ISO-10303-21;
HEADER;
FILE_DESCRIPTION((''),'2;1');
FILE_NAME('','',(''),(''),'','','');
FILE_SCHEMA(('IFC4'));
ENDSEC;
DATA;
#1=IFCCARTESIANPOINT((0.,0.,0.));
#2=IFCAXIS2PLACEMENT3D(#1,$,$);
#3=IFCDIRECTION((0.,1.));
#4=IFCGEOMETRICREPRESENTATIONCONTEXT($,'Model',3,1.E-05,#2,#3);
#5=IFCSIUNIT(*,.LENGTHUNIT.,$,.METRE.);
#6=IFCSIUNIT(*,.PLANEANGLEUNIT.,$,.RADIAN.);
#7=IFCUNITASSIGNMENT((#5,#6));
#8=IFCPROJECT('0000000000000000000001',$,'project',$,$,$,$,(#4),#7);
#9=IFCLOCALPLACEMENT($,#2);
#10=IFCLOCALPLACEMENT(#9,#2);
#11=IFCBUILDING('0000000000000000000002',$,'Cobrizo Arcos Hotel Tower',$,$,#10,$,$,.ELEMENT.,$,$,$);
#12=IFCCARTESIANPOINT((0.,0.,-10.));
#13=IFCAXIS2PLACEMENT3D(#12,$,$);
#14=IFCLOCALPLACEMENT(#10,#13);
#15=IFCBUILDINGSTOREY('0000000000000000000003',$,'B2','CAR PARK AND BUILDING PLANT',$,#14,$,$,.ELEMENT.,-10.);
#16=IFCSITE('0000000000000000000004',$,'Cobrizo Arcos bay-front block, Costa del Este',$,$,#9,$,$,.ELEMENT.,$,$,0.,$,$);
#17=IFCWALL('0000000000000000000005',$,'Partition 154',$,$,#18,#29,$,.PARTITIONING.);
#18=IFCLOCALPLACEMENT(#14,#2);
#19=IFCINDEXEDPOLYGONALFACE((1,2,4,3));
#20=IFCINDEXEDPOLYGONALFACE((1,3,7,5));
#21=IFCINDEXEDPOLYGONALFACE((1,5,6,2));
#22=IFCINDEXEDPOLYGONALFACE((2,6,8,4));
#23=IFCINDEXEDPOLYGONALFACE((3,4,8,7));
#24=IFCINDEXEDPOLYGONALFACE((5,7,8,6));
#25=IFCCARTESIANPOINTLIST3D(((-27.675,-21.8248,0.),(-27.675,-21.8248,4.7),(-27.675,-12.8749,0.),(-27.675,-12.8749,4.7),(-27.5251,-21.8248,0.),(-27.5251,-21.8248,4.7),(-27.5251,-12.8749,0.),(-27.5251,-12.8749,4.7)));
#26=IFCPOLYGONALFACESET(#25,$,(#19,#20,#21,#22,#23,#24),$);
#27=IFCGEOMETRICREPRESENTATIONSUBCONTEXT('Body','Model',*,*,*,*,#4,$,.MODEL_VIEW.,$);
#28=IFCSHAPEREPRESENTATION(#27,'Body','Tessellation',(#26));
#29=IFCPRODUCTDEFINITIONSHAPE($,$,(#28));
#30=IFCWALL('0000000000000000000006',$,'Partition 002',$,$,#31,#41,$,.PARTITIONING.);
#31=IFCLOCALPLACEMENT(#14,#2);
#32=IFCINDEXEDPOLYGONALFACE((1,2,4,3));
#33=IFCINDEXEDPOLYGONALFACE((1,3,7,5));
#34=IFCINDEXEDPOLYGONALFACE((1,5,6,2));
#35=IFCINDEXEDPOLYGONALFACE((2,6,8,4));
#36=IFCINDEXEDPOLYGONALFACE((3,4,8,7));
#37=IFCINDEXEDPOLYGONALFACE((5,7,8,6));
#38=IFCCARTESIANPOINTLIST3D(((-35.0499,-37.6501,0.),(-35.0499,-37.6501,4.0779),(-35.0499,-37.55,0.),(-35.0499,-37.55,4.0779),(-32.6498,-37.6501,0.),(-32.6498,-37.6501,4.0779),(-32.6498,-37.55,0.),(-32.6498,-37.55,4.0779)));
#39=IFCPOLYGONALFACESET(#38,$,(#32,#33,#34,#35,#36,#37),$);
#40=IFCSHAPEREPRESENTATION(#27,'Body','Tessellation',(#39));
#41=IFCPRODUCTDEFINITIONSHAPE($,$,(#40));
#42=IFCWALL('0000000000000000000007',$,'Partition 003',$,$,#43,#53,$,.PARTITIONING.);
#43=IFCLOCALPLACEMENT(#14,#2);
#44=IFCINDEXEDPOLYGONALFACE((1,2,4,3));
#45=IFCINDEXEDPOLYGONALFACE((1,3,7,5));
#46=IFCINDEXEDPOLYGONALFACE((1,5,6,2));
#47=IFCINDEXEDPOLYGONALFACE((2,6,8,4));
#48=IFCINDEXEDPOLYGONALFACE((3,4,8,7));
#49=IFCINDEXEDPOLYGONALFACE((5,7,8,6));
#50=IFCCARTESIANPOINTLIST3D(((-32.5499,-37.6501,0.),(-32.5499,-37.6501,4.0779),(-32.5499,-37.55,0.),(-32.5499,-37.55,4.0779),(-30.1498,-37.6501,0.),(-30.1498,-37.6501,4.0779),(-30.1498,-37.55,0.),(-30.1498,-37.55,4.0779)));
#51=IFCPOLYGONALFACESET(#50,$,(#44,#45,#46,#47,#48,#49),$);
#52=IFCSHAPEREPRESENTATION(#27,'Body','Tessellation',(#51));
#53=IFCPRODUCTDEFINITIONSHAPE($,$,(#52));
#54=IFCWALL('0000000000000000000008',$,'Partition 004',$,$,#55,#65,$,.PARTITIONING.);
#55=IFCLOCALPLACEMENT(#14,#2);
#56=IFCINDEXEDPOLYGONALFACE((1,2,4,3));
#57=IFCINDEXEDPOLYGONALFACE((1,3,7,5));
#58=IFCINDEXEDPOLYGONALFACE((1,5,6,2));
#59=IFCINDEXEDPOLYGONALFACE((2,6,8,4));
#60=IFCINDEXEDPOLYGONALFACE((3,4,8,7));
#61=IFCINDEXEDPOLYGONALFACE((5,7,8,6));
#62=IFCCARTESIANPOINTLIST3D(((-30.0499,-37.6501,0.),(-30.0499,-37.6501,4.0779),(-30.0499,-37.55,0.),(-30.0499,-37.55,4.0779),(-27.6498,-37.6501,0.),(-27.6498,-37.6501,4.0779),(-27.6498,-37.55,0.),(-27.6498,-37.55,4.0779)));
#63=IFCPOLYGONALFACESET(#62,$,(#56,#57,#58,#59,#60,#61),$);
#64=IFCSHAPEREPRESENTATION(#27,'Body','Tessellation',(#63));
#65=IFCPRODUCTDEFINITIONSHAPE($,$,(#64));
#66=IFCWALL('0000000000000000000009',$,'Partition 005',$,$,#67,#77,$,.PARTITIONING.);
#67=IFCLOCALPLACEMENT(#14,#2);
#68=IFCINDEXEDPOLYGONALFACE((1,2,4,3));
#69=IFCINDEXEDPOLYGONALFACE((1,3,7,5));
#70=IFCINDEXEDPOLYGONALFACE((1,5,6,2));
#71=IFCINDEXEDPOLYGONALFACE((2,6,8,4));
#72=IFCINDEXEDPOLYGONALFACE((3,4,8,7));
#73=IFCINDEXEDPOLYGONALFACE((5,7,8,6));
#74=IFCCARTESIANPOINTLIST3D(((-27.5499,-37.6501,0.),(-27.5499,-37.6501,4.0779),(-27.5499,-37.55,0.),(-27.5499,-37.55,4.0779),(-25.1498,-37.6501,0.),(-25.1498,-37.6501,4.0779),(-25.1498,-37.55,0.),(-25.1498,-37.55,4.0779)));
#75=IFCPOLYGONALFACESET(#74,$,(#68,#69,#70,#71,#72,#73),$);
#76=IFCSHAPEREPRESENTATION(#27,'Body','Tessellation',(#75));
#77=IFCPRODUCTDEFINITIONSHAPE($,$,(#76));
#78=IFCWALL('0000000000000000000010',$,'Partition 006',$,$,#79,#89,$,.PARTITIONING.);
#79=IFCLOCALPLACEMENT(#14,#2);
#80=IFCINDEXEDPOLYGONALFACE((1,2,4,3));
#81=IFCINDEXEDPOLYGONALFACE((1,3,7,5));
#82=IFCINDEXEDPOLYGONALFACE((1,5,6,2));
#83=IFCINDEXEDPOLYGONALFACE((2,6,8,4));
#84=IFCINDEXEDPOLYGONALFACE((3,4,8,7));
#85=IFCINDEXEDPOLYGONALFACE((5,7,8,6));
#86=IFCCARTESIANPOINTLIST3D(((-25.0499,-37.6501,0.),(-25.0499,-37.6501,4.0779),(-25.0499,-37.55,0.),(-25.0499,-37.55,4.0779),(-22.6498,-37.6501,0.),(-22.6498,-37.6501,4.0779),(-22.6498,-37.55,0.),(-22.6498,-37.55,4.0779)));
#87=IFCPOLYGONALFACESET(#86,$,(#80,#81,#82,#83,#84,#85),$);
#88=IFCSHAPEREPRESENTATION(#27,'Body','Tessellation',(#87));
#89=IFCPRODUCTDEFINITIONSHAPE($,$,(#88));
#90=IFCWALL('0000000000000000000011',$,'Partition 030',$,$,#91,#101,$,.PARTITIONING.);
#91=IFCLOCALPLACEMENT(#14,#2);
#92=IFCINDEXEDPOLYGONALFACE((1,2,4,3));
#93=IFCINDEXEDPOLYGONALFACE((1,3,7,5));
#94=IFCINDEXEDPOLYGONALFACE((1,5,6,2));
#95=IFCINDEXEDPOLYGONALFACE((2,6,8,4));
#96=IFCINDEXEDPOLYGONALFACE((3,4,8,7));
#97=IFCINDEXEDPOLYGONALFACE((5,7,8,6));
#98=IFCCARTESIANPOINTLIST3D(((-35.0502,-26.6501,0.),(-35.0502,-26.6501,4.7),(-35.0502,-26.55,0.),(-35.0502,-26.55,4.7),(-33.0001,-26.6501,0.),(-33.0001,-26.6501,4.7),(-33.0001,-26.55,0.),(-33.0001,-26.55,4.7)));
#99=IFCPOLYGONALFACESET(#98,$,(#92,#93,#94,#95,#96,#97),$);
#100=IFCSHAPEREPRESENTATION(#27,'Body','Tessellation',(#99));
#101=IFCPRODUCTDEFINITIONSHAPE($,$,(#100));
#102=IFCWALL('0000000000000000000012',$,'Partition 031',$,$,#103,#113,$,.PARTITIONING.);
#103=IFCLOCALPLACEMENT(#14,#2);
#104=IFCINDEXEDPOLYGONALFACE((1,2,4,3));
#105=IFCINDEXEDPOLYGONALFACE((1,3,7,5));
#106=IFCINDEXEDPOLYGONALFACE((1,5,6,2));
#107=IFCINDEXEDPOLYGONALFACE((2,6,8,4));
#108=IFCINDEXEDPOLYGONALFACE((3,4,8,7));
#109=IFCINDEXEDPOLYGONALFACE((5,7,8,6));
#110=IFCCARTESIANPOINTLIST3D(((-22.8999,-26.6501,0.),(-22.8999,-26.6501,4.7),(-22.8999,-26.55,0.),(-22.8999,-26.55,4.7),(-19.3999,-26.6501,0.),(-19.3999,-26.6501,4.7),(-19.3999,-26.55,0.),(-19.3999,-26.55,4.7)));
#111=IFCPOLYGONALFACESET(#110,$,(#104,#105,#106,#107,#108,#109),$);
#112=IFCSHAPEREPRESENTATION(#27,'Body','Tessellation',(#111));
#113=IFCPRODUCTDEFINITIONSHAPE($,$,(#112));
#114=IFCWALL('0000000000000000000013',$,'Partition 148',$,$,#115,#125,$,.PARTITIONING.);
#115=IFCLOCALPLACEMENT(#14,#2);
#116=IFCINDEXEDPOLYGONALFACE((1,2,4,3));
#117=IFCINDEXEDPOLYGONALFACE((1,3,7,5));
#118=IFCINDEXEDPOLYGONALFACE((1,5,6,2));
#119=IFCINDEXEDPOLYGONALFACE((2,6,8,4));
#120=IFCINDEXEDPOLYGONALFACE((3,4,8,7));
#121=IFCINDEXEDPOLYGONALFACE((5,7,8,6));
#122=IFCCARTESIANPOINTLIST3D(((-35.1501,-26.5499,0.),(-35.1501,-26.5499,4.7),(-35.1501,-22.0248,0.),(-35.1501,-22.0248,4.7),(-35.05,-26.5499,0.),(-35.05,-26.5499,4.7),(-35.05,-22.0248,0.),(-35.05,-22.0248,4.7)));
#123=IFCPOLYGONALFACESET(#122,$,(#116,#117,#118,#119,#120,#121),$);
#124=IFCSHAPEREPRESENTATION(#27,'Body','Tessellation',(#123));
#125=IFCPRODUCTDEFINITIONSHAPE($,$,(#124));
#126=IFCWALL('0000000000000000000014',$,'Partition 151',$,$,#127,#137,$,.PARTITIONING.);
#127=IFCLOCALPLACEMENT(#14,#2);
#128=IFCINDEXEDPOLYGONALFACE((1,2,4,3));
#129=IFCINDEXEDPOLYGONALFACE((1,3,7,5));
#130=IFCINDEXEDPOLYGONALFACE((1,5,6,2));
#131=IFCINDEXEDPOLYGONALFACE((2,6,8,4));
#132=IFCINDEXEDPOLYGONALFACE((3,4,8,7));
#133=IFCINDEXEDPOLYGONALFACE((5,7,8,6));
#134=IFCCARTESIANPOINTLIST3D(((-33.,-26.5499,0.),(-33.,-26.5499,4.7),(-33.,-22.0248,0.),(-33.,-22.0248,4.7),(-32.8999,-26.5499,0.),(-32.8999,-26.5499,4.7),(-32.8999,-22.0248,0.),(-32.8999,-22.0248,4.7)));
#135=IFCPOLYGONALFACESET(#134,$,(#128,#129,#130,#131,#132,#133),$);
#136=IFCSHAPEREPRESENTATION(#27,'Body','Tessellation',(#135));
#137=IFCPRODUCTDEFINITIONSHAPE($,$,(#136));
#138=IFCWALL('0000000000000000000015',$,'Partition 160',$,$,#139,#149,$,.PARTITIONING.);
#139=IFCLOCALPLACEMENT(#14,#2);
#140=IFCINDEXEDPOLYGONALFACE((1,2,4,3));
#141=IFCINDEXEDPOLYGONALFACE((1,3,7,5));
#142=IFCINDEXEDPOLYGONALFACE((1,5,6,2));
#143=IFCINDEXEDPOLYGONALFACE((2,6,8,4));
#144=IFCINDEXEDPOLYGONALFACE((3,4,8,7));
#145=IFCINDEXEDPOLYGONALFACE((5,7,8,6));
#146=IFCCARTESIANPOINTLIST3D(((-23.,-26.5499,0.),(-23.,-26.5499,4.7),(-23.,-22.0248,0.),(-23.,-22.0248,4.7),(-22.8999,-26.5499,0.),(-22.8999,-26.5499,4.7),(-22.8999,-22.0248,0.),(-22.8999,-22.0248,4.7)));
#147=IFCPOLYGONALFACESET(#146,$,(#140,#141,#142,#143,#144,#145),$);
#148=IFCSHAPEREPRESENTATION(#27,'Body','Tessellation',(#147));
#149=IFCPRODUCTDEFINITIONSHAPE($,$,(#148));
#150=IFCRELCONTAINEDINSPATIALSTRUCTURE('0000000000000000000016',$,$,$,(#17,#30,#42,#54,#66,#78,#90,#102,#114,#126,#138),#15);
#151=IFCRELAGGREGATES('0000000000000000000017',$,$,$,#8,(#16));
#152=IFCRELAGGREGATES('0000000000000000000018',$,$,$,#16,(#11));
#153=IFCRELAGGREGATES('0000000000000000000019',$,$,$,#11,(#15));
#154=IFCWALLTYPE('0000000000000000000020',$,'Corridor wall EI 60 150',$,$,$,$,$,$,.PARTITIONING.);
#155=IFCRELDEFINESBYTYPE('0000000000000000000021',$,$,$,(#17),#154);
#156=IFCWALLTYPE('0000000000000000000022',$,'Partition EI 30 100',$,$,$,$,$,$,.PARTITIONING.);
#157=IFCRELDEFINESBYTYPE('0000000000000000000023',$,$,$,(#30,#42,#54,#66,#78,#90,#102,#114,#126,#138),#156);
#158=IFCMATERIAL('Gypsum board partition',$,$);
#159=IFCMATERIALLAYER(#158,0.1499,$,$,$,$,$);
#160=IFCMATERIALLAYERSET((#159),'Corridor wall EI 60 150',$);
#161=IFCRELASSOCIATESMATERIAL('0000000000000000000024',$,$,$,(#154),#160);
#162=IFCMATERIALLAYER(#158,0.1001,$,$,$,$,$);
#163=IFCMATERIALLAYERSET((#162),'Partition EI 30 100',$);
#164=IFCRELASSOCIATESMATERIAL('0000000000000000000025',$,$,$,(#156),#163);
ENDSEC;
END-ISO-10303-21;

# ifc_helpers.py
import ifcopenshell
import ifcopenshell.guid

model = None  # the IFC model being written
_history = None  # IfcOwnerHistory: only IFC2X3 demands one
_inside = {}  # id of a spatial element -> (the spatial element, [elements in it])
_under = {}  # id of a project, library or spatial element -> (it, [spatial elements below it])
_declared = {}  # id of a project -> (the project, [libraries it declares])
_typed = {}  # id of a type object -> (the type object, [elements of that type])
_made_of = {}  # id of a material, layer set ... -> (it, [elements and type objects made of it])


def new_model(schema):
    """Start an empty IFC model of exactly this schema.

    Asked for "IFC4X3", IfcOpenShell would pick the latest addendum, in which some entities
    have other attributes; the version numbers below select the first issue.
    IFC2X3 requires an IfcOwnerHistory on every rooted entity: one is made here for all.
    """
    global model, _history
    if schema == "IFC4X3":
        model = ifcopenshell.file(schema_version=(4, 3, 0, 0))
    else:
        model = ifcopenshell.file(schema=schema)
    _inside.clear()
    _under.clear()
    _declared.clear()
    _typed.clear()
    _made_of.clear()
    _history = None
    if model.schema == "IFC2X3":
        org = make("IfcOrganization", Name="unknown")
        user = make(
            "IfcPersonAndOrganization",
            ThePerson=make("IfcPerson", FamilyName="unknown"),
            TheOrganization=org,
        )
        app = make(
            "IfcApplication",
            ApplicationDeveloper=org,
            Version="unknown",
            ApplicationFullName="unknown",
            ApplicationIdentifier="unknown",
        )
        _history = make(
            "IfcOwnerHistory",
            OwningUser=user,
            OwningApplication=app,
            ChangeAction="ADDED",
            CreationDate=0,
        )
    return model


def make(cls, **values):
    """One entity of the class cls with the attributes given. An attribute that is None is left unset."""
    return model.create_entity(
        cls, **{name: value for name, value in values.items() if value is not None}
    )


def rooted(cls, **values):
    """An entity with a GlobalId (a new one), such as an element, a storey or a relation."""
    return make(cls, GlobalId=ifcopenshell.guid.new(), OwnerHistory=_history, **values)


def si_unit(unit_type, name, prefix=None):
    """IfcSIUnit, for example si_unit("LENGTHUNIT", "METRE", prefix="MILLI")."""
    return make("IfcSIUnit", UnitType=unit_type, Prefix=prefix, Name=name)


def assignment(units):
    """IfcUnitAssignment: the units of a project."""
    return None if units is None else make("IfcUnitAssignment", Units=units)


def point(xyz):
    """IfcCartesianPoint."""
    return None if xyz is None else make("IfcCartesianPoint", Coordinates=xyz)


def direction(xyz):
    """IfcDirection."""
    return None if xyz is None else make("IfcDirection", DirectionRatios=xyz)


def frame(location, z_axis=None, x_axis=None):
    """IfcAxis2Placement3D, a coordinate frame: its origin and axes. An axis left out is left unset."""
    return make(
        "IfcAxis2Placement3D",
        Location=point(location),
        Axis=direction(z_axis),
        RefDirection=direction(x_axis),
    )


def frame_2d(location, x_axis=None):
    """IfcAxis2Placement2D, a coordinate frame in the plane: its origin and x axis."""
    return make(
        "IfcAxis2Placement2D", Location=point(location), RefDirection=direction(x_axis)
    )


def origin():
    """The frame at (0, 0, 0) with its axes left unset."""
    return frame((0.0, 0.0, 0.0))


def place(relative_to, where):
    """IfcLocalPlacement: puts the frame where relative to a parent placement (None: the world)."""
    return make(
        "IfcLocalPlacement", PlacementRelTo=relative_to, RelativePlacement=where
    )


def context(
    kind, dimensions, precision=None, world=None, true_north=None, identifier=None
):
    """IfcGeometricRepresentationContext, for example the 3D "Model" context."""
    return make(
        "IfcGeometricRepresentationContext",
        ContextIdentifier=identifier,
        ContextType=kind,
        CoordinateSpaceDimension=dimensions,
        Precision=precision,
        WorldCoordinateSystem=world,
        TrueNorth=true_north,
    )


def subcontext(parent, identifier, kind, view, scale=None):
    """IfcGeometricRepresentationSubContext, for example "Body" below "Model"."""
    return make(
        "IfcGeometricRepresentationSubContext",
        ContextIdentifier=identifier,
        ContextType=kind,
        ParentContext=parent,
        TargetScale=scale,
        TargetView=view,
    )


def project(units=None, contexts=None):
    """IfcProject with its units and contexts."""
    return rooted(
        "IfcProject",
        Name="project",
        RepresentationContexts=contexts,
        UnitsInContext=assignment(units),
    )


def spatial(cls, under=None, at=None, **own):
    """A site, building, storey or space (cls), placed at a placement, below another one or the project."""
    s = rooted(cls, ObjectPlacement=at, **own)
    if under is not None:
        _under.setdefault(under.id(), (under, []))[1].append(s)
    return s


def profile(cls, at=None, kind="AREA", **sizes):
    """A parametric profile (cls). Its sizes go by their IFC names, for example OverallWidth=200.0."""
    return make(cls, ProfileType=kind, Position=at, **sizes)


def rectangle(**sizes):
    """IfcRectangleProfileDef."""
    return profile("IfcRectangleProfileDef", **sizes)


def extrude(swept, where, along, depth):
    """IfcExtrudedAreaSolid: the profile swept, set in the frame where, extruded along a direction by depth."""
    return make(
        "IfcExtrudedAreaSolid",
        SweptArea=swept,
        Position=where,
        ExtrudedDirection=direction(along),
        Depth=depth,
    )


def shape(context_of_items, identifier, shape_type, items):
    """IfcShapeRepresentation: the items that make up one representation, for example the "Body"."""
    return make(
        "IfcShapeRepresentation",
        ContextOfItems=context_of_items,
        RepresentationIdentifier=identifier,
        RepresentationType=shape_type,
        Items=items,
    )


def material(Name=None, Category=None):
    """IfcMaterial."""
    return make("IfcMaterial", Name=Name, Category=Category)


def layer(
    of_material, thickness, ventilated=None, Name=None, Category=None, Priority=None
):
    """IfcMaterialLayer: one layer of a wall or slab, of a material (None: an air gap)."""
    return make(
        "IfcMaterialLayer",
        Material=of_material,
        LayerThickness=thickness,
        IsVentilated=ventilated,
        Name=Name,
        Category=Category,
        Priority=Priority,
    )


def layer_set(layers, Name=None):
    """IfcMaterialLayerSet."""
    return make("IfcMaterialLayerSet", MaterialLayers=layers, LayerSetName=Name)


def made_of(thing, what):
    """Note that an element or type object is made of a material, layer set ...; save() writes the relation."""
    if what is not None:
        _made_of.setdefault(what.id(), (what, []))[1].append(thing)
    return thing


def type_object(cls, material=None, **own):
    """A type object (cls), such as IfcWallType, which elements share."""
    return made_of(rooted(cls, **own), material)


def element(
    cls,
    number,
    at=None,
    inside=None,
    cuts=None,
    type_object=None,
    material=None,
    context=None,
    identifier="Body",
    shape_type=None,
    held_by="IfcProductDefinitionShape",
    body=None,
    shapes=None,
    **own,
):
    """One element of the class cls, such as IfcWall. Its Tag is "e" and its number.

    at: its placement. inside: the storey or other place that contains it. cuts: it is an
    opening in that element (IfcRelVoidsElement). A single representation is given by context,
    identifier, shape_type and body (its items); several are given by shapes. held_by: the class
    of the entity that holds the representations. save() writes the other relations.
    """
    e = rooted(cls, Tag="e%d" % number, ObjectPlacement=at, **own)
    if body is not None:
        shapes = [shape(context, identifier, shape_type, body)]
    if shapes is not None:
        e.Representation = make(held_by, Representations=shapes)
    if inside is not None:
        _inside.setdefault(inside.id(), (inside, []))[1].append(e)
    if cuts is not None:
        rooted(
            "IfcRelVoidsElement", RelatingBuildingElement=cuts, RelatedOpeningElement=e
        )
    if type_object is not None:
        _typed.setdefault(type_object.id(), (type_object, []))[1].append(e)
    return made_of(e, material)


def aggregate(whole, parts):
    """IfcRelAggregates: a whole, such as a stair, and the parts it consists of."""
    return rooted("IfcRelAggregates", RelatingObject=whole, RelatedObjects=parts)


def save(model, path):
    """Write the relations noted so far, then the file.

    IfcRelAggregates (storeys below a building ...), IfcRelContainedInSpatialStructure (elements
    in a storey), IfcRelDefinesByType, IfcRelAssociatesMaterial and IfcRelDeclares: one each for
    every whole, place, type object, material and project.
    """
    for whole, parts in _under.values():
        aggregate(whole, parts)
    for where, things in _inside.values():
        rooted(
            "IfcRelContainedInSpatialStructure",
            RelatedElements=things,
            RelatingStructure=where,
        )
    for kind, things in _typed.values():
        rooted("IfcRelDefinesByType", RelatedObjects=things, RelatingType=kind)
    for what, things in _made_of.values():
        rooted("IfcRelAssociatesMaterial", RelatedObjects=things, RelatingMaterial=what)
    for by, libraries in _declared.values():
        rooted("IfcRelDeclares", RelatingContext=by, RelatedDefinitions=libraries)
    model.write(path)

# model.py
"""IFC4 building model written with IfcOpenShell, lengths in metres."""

from ifc_helpers import new_model, si_unit, direction, frame, frame_2d, origin, place, context, subcontext, project, spatial, rectangle, extrude, material, layer, layer_set, type_object, element, save


model = new_model("IFC4")

# Units and contexts
model_context = context("Model", 3, precision=1e-05, world=origin(), true_north=direction((0.0, 1.0)))
body_context = subcontext(model_context, "Body", "Model", "MODEL_VIEW")
ifc_project = project(units=[si_unit("LENGTHUNIT", "METRE"), si_unit("PLANEANGLEUNIT", "RADIAN")], contexts=[model_context])

# Site, building, storey
site_placement = place(None, origin())
site = spatial("IfcSite", under=ifc_project, at=site_placement, Name="Cobrizo Arcos bay-front block, Costa del Este", CompositionType="ELEMENT", RefElevation=0.0)
building_placement = place(site_placement, origin())
building = spatial("IfcBuilding", under=site, at=building_placement, Name="Cobrizo Arcos Hotel Tower", CompositionType="ELEMENT")
storey_placement = place(building_placement, frame((0.0, 0.0, -10.0)))
storey = spatial("IfcBuildingStorey", under=building, at=storey_placement, Name="B2", Description="CAR PARK AND BUILDING PLANT", CompositionType="ELEMENT", Elevation=-10.0)

# Walls
ifc_material_1 = material(Name="Gypsum board partition")
ifc_layer_1 = layer(ifc_material_1, 0.1499)
ifc_layer_set_1 = layer_set([ifc_layer_1], Name="Corridor wall EI 60 150")
wall_type_1 = type_object("IfcWallType", Name="Corridor wall EI 60 150", PredefinedType="PARTITIONING", material=ifc_layer_set_1)
wall_1_placement = place(storey_placement, frame((-27.6001, -21.825, 0.0), z_axis=(0.0, 0.0, 1.0), x_axis=(0.0, 1.0, 0.0)))
element("IfcWall", 1, at=wall_1_placement, inside=storey, type_object=wall_type_1, Name="Partition 154", PredefinedType="PARTITIONING", context=body_context, shape_type="SweptSolid", body=[
    extrude(rectangle(XDim=8.95, YDim=0.1499, at=frame_2d((4.4751, 0.0))), origin(), (0.0, 0.0, 1.0), 4.7),
])
ifc_layer_2 = layer(ifc_material_1, 0.1001)
ifc_layer_set_2 = layer_set([ifc_layer_2], Name="Partition EI 30 100")
wall_type_2 = type_object("IfcWallType", Name="Partition EI 30 100", PredefinedType="PARTITIONING", material=ifc_layer_set_2)
for number, where, z_axis, x_axis, name in (
    (2, (-35.05, -37.6001, 0.0), (0.0, 0.0, 1.0), (1.0, 0.0, 0.0), "Partition 002"),
    (3, (-32.55, -37.6001, 0.0), (0.0, 0.0, 1.0), (1.0, 0.0, 0.0), "Partition 003"),
    (4, (-30.05, -37.6001, 0.0), (0.0, 0.0, 1.0), (1.0, 0.0, 0.0), "Partition 004"),
    (5, (-27.55, -37.6001, 0.0), (0.0, 0.0, 1.0), (1.0, 0.0, 0.0), "Partition 005"),
    (6, (-25.05, -37.6001, 0.0), (0.0, 0.0, 1.0), (1.0, 0.0, 0.0), "Partition 006"),
):
    element("IfcWall", number, at=place(storey_placement, frame(where, z_axis=z_axis, x_axis=x_axis)), inside=storey, type_object=wall_type_2, Name=name, PredefinedType="PARTITIONING", context=body_context, shape_type="SweptSolid", body=[
        extrude(rectangle(XDim=2.4001, YDim=0.1001, at=frame_2d((1.2002, 0.0))), origin(), (0.0, 0.0, 1.0), 4.0779),
    ])
wall_2_placement = place(storey_placement, frame((-35.05, -26.6001, 0.0), z_axis=(0.0, 0.0, 1.0), x_axis=(1.0, 0.0, 0.0)))
element("IfcWall", 7, at=wall_2_placement, inside=storey, type_object=wall_type_2, Name="Partition 030", PredefinedType="PARTITIONING", context=body_context, shape_type="SweptSolid", body=[
    extrude(rectangle(XDim=2.05, YDim=0.1001, at=frame_2d((1.0249, 0.0))), origin(), (0.0, 0.0, 1.0), 4.7),
])
wall_3_placement = place(storey_placement, frame((-22.8999, -26.6001, 0.0), z_axis=(0.0, 0.0, 1.0), x_axis=(1.0, 0.0, 0.0)))
element("IfcWall", 8, at=wall_3_placement, inside=storey, type_object=wall_type_2, Name="Partition 031", PredefinedType="PARTITIONING", context=body_context, shape_type="SweptSolid", body=[
    extrude(rectangle(XDim=3.5, YDim=0.1001, at=frame_2d((1.75, 0.0))), origin(), (0.0, 0.0, 1.0), 4.7),
])
for number, where, z_axis, x_axis, name in (
    (9, (-35.1001, -26.55, 0.0), (0.0, 0.0, 1.0), (0.0, 1.0, 0.0), "Partition 148"),
    (10, (-32.95, -26.55, 0.0), (0.0, 0.0, 1.0), (0.0, 1.0, 0.0), "Partition 151"),
    (11, (-22.95, -26.55, 0.0), (0.0, 0.0, 1.0), (0.0, 1.0, 0.0), "Partition 160"),
):
    element("IfcWall", number, at=place(storey_placement, frame(where, z_axis=z_axis, x_axis=x_axis)), inside=storey, type_object=wall_type_2, Name=name, PredefinedType="PARTITIONING", context=body_context, shape_type="SweptSolid", body=[
        extrude(rectangle(XDim=4.5251, YDim=0.1001, at=frame_2d((2.2627, 0.0))), origin(), (0.0, 0.0, 1.0), 4.7),
    ])

save(model, "model.ifc")
